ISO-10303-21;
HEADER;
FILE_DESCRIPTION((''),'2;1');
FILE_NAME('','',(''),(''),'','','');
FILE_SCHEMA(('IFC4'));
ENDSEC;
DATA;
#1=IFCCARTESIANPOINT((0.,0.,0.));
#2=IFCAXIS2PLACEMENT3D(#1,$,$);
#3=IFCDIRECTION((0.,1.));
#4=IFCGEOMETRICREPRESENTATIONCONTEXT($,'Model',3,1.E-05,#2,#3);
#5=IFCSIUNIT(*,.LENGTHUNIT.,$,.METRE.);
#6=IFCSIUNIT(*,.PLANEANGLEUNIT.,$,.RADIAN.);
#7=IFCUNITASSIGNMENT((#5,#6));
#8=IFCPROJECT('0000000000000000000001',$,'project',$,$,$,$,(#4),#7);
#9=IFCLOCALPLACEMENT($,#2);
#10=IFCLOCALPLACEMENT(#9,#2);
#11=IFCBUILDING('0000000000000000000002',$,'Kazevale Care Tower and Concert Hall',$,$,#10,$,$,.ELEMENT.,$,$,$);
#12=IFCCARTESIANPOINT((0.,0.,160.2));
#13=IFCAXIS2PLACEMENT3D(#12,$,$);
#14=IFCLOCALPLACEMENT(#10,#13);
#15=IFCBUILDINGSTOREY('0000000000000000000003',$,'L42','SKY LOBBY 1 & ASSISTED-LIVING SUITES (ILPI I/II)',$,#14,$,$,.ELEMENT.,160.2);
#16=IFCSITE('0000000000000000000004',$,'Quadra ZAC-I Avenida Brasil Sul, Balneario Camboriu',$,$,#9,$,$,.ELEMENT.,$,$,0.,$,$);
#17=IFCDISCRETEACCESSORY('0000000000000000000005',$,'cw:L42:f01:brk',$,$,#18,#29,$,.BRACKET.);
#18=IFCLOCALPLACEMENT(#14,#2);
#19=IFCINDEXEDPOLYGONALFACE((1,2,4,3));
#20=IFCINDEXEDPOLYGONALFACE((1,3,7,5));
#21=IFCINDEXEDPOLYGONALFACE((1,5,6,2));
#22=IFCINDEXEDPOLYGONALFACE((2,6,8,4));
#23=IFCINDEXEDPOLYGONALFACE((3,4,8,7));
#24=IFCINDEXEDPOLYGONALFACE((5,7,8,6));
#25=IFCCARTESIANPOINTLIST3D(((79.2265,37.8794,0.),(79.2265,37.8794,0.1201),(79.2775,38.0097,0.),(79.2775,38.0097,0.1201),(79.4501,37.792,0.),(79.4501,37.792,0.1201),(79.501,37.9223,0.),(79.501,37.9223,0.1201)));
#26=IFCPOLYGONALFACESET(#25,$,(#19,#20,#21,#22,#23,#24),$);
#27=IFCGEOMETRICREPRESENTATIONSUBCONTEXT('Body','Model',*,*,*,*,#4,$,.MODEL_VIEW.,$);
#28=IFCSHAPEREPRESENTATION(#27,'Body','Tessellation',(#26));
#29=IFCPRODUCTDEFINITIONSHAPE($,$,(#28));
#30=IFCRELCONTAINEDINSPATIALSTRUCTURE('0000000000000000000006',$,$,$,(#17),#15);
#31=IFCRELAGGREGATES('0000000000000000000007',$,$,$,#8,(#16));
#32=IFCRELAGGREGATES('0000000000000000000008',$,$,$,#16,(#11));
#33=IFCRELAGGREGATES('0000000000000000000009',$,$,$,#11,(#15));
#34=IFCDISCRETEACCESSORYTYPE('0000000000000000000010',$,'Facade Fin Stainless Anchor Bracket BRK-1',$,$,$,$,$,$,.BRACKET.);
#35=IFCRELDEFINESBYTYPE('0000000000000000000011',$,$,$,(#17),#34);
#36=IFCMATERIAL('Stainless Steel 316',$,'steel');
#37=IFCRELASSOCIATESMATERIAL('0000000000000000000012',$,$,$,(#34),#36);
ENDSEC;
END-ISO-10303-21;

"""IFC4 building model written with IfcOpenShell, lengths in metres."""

from ifc_helpers import new_model, si_unit, direction, frame, origin, origin_2d, place, context, subcontext, project, spatial, rectangle, extrude, material, type_object, element, save


model = new_model("IFC4")

# Units and contexts
model_context = context("Model", 3, precision=1e-05, world=origin(), true_north=direction((0.0, 1.0)))
body_context = subcontext(model_context, "Body", "Model", "MODEL_VIEW")
ifc_project = project(units=[si_unit("LENGTHUNIT", "METRE"), si_unit("PLANEANGLEUNIT", "RADIAN")], contexts=[model_context])

# Site, building, storey
site_placement = place(None, origin())
site = spatial("IfcSite", under=ifc_project, at=site_placement, Name="Quadra ZAC-I Avenida Brasil Sul, Balneario Camboriu", CompositionType="ELEMENT", RefElevation=0.0)
building_placement = place(site_placement, origin())
building = spatial("IfcBuilding", under=site, at=building_placement, Name="Kazevale Care Tower and Concert Hall", CompositionType="ELEMENT")
storey_placement = place(building_placement, frame((0.0, 0.0, 160.2)))
storey = spatial("IfcBuildingStorey", under=building, at=storey_placement, Name="L42", Description="SKY LOBBY 1 & ASSISTED-LIVING SUITES (ILPI I/II)", CompositionType="ELEMENT", Elevation=160.2)

# Discrete accessory
ifc_material_1 = material(Name="Stainless Steel 316", Category="steel")
discrete_accessory_type = type_object("IfcDiscreteAccessoryType", Name="Facade Fin Stainless Anchor Bracket BRK-1", PredefinedType="BRACKET", material=ifc_material_1)
discrete_accessory_placement = place(storey_placement, frame((79.3638, 37.9009, 0.0), z_axis=(0.0, 0.0, 1.0), x_axis=(0.931374, -0.364064, 0.0)))
element("IfcDiscreteAccessory", 1, at=discrete_accessory_placement, inside=storey, type_object=discrete_accessory_type, Name="cw:L42:f01:brk", PredefinedType="BRACKET", context=body_context, shape_type="SweptSolid", body=[
    extrude(rectangle(XDim=0.24, YDim=0.1399, at=origin_2d()), origin(), (0.0, 0.0, 1.0), 0.1201),
])

save(model, "model.ifc")
